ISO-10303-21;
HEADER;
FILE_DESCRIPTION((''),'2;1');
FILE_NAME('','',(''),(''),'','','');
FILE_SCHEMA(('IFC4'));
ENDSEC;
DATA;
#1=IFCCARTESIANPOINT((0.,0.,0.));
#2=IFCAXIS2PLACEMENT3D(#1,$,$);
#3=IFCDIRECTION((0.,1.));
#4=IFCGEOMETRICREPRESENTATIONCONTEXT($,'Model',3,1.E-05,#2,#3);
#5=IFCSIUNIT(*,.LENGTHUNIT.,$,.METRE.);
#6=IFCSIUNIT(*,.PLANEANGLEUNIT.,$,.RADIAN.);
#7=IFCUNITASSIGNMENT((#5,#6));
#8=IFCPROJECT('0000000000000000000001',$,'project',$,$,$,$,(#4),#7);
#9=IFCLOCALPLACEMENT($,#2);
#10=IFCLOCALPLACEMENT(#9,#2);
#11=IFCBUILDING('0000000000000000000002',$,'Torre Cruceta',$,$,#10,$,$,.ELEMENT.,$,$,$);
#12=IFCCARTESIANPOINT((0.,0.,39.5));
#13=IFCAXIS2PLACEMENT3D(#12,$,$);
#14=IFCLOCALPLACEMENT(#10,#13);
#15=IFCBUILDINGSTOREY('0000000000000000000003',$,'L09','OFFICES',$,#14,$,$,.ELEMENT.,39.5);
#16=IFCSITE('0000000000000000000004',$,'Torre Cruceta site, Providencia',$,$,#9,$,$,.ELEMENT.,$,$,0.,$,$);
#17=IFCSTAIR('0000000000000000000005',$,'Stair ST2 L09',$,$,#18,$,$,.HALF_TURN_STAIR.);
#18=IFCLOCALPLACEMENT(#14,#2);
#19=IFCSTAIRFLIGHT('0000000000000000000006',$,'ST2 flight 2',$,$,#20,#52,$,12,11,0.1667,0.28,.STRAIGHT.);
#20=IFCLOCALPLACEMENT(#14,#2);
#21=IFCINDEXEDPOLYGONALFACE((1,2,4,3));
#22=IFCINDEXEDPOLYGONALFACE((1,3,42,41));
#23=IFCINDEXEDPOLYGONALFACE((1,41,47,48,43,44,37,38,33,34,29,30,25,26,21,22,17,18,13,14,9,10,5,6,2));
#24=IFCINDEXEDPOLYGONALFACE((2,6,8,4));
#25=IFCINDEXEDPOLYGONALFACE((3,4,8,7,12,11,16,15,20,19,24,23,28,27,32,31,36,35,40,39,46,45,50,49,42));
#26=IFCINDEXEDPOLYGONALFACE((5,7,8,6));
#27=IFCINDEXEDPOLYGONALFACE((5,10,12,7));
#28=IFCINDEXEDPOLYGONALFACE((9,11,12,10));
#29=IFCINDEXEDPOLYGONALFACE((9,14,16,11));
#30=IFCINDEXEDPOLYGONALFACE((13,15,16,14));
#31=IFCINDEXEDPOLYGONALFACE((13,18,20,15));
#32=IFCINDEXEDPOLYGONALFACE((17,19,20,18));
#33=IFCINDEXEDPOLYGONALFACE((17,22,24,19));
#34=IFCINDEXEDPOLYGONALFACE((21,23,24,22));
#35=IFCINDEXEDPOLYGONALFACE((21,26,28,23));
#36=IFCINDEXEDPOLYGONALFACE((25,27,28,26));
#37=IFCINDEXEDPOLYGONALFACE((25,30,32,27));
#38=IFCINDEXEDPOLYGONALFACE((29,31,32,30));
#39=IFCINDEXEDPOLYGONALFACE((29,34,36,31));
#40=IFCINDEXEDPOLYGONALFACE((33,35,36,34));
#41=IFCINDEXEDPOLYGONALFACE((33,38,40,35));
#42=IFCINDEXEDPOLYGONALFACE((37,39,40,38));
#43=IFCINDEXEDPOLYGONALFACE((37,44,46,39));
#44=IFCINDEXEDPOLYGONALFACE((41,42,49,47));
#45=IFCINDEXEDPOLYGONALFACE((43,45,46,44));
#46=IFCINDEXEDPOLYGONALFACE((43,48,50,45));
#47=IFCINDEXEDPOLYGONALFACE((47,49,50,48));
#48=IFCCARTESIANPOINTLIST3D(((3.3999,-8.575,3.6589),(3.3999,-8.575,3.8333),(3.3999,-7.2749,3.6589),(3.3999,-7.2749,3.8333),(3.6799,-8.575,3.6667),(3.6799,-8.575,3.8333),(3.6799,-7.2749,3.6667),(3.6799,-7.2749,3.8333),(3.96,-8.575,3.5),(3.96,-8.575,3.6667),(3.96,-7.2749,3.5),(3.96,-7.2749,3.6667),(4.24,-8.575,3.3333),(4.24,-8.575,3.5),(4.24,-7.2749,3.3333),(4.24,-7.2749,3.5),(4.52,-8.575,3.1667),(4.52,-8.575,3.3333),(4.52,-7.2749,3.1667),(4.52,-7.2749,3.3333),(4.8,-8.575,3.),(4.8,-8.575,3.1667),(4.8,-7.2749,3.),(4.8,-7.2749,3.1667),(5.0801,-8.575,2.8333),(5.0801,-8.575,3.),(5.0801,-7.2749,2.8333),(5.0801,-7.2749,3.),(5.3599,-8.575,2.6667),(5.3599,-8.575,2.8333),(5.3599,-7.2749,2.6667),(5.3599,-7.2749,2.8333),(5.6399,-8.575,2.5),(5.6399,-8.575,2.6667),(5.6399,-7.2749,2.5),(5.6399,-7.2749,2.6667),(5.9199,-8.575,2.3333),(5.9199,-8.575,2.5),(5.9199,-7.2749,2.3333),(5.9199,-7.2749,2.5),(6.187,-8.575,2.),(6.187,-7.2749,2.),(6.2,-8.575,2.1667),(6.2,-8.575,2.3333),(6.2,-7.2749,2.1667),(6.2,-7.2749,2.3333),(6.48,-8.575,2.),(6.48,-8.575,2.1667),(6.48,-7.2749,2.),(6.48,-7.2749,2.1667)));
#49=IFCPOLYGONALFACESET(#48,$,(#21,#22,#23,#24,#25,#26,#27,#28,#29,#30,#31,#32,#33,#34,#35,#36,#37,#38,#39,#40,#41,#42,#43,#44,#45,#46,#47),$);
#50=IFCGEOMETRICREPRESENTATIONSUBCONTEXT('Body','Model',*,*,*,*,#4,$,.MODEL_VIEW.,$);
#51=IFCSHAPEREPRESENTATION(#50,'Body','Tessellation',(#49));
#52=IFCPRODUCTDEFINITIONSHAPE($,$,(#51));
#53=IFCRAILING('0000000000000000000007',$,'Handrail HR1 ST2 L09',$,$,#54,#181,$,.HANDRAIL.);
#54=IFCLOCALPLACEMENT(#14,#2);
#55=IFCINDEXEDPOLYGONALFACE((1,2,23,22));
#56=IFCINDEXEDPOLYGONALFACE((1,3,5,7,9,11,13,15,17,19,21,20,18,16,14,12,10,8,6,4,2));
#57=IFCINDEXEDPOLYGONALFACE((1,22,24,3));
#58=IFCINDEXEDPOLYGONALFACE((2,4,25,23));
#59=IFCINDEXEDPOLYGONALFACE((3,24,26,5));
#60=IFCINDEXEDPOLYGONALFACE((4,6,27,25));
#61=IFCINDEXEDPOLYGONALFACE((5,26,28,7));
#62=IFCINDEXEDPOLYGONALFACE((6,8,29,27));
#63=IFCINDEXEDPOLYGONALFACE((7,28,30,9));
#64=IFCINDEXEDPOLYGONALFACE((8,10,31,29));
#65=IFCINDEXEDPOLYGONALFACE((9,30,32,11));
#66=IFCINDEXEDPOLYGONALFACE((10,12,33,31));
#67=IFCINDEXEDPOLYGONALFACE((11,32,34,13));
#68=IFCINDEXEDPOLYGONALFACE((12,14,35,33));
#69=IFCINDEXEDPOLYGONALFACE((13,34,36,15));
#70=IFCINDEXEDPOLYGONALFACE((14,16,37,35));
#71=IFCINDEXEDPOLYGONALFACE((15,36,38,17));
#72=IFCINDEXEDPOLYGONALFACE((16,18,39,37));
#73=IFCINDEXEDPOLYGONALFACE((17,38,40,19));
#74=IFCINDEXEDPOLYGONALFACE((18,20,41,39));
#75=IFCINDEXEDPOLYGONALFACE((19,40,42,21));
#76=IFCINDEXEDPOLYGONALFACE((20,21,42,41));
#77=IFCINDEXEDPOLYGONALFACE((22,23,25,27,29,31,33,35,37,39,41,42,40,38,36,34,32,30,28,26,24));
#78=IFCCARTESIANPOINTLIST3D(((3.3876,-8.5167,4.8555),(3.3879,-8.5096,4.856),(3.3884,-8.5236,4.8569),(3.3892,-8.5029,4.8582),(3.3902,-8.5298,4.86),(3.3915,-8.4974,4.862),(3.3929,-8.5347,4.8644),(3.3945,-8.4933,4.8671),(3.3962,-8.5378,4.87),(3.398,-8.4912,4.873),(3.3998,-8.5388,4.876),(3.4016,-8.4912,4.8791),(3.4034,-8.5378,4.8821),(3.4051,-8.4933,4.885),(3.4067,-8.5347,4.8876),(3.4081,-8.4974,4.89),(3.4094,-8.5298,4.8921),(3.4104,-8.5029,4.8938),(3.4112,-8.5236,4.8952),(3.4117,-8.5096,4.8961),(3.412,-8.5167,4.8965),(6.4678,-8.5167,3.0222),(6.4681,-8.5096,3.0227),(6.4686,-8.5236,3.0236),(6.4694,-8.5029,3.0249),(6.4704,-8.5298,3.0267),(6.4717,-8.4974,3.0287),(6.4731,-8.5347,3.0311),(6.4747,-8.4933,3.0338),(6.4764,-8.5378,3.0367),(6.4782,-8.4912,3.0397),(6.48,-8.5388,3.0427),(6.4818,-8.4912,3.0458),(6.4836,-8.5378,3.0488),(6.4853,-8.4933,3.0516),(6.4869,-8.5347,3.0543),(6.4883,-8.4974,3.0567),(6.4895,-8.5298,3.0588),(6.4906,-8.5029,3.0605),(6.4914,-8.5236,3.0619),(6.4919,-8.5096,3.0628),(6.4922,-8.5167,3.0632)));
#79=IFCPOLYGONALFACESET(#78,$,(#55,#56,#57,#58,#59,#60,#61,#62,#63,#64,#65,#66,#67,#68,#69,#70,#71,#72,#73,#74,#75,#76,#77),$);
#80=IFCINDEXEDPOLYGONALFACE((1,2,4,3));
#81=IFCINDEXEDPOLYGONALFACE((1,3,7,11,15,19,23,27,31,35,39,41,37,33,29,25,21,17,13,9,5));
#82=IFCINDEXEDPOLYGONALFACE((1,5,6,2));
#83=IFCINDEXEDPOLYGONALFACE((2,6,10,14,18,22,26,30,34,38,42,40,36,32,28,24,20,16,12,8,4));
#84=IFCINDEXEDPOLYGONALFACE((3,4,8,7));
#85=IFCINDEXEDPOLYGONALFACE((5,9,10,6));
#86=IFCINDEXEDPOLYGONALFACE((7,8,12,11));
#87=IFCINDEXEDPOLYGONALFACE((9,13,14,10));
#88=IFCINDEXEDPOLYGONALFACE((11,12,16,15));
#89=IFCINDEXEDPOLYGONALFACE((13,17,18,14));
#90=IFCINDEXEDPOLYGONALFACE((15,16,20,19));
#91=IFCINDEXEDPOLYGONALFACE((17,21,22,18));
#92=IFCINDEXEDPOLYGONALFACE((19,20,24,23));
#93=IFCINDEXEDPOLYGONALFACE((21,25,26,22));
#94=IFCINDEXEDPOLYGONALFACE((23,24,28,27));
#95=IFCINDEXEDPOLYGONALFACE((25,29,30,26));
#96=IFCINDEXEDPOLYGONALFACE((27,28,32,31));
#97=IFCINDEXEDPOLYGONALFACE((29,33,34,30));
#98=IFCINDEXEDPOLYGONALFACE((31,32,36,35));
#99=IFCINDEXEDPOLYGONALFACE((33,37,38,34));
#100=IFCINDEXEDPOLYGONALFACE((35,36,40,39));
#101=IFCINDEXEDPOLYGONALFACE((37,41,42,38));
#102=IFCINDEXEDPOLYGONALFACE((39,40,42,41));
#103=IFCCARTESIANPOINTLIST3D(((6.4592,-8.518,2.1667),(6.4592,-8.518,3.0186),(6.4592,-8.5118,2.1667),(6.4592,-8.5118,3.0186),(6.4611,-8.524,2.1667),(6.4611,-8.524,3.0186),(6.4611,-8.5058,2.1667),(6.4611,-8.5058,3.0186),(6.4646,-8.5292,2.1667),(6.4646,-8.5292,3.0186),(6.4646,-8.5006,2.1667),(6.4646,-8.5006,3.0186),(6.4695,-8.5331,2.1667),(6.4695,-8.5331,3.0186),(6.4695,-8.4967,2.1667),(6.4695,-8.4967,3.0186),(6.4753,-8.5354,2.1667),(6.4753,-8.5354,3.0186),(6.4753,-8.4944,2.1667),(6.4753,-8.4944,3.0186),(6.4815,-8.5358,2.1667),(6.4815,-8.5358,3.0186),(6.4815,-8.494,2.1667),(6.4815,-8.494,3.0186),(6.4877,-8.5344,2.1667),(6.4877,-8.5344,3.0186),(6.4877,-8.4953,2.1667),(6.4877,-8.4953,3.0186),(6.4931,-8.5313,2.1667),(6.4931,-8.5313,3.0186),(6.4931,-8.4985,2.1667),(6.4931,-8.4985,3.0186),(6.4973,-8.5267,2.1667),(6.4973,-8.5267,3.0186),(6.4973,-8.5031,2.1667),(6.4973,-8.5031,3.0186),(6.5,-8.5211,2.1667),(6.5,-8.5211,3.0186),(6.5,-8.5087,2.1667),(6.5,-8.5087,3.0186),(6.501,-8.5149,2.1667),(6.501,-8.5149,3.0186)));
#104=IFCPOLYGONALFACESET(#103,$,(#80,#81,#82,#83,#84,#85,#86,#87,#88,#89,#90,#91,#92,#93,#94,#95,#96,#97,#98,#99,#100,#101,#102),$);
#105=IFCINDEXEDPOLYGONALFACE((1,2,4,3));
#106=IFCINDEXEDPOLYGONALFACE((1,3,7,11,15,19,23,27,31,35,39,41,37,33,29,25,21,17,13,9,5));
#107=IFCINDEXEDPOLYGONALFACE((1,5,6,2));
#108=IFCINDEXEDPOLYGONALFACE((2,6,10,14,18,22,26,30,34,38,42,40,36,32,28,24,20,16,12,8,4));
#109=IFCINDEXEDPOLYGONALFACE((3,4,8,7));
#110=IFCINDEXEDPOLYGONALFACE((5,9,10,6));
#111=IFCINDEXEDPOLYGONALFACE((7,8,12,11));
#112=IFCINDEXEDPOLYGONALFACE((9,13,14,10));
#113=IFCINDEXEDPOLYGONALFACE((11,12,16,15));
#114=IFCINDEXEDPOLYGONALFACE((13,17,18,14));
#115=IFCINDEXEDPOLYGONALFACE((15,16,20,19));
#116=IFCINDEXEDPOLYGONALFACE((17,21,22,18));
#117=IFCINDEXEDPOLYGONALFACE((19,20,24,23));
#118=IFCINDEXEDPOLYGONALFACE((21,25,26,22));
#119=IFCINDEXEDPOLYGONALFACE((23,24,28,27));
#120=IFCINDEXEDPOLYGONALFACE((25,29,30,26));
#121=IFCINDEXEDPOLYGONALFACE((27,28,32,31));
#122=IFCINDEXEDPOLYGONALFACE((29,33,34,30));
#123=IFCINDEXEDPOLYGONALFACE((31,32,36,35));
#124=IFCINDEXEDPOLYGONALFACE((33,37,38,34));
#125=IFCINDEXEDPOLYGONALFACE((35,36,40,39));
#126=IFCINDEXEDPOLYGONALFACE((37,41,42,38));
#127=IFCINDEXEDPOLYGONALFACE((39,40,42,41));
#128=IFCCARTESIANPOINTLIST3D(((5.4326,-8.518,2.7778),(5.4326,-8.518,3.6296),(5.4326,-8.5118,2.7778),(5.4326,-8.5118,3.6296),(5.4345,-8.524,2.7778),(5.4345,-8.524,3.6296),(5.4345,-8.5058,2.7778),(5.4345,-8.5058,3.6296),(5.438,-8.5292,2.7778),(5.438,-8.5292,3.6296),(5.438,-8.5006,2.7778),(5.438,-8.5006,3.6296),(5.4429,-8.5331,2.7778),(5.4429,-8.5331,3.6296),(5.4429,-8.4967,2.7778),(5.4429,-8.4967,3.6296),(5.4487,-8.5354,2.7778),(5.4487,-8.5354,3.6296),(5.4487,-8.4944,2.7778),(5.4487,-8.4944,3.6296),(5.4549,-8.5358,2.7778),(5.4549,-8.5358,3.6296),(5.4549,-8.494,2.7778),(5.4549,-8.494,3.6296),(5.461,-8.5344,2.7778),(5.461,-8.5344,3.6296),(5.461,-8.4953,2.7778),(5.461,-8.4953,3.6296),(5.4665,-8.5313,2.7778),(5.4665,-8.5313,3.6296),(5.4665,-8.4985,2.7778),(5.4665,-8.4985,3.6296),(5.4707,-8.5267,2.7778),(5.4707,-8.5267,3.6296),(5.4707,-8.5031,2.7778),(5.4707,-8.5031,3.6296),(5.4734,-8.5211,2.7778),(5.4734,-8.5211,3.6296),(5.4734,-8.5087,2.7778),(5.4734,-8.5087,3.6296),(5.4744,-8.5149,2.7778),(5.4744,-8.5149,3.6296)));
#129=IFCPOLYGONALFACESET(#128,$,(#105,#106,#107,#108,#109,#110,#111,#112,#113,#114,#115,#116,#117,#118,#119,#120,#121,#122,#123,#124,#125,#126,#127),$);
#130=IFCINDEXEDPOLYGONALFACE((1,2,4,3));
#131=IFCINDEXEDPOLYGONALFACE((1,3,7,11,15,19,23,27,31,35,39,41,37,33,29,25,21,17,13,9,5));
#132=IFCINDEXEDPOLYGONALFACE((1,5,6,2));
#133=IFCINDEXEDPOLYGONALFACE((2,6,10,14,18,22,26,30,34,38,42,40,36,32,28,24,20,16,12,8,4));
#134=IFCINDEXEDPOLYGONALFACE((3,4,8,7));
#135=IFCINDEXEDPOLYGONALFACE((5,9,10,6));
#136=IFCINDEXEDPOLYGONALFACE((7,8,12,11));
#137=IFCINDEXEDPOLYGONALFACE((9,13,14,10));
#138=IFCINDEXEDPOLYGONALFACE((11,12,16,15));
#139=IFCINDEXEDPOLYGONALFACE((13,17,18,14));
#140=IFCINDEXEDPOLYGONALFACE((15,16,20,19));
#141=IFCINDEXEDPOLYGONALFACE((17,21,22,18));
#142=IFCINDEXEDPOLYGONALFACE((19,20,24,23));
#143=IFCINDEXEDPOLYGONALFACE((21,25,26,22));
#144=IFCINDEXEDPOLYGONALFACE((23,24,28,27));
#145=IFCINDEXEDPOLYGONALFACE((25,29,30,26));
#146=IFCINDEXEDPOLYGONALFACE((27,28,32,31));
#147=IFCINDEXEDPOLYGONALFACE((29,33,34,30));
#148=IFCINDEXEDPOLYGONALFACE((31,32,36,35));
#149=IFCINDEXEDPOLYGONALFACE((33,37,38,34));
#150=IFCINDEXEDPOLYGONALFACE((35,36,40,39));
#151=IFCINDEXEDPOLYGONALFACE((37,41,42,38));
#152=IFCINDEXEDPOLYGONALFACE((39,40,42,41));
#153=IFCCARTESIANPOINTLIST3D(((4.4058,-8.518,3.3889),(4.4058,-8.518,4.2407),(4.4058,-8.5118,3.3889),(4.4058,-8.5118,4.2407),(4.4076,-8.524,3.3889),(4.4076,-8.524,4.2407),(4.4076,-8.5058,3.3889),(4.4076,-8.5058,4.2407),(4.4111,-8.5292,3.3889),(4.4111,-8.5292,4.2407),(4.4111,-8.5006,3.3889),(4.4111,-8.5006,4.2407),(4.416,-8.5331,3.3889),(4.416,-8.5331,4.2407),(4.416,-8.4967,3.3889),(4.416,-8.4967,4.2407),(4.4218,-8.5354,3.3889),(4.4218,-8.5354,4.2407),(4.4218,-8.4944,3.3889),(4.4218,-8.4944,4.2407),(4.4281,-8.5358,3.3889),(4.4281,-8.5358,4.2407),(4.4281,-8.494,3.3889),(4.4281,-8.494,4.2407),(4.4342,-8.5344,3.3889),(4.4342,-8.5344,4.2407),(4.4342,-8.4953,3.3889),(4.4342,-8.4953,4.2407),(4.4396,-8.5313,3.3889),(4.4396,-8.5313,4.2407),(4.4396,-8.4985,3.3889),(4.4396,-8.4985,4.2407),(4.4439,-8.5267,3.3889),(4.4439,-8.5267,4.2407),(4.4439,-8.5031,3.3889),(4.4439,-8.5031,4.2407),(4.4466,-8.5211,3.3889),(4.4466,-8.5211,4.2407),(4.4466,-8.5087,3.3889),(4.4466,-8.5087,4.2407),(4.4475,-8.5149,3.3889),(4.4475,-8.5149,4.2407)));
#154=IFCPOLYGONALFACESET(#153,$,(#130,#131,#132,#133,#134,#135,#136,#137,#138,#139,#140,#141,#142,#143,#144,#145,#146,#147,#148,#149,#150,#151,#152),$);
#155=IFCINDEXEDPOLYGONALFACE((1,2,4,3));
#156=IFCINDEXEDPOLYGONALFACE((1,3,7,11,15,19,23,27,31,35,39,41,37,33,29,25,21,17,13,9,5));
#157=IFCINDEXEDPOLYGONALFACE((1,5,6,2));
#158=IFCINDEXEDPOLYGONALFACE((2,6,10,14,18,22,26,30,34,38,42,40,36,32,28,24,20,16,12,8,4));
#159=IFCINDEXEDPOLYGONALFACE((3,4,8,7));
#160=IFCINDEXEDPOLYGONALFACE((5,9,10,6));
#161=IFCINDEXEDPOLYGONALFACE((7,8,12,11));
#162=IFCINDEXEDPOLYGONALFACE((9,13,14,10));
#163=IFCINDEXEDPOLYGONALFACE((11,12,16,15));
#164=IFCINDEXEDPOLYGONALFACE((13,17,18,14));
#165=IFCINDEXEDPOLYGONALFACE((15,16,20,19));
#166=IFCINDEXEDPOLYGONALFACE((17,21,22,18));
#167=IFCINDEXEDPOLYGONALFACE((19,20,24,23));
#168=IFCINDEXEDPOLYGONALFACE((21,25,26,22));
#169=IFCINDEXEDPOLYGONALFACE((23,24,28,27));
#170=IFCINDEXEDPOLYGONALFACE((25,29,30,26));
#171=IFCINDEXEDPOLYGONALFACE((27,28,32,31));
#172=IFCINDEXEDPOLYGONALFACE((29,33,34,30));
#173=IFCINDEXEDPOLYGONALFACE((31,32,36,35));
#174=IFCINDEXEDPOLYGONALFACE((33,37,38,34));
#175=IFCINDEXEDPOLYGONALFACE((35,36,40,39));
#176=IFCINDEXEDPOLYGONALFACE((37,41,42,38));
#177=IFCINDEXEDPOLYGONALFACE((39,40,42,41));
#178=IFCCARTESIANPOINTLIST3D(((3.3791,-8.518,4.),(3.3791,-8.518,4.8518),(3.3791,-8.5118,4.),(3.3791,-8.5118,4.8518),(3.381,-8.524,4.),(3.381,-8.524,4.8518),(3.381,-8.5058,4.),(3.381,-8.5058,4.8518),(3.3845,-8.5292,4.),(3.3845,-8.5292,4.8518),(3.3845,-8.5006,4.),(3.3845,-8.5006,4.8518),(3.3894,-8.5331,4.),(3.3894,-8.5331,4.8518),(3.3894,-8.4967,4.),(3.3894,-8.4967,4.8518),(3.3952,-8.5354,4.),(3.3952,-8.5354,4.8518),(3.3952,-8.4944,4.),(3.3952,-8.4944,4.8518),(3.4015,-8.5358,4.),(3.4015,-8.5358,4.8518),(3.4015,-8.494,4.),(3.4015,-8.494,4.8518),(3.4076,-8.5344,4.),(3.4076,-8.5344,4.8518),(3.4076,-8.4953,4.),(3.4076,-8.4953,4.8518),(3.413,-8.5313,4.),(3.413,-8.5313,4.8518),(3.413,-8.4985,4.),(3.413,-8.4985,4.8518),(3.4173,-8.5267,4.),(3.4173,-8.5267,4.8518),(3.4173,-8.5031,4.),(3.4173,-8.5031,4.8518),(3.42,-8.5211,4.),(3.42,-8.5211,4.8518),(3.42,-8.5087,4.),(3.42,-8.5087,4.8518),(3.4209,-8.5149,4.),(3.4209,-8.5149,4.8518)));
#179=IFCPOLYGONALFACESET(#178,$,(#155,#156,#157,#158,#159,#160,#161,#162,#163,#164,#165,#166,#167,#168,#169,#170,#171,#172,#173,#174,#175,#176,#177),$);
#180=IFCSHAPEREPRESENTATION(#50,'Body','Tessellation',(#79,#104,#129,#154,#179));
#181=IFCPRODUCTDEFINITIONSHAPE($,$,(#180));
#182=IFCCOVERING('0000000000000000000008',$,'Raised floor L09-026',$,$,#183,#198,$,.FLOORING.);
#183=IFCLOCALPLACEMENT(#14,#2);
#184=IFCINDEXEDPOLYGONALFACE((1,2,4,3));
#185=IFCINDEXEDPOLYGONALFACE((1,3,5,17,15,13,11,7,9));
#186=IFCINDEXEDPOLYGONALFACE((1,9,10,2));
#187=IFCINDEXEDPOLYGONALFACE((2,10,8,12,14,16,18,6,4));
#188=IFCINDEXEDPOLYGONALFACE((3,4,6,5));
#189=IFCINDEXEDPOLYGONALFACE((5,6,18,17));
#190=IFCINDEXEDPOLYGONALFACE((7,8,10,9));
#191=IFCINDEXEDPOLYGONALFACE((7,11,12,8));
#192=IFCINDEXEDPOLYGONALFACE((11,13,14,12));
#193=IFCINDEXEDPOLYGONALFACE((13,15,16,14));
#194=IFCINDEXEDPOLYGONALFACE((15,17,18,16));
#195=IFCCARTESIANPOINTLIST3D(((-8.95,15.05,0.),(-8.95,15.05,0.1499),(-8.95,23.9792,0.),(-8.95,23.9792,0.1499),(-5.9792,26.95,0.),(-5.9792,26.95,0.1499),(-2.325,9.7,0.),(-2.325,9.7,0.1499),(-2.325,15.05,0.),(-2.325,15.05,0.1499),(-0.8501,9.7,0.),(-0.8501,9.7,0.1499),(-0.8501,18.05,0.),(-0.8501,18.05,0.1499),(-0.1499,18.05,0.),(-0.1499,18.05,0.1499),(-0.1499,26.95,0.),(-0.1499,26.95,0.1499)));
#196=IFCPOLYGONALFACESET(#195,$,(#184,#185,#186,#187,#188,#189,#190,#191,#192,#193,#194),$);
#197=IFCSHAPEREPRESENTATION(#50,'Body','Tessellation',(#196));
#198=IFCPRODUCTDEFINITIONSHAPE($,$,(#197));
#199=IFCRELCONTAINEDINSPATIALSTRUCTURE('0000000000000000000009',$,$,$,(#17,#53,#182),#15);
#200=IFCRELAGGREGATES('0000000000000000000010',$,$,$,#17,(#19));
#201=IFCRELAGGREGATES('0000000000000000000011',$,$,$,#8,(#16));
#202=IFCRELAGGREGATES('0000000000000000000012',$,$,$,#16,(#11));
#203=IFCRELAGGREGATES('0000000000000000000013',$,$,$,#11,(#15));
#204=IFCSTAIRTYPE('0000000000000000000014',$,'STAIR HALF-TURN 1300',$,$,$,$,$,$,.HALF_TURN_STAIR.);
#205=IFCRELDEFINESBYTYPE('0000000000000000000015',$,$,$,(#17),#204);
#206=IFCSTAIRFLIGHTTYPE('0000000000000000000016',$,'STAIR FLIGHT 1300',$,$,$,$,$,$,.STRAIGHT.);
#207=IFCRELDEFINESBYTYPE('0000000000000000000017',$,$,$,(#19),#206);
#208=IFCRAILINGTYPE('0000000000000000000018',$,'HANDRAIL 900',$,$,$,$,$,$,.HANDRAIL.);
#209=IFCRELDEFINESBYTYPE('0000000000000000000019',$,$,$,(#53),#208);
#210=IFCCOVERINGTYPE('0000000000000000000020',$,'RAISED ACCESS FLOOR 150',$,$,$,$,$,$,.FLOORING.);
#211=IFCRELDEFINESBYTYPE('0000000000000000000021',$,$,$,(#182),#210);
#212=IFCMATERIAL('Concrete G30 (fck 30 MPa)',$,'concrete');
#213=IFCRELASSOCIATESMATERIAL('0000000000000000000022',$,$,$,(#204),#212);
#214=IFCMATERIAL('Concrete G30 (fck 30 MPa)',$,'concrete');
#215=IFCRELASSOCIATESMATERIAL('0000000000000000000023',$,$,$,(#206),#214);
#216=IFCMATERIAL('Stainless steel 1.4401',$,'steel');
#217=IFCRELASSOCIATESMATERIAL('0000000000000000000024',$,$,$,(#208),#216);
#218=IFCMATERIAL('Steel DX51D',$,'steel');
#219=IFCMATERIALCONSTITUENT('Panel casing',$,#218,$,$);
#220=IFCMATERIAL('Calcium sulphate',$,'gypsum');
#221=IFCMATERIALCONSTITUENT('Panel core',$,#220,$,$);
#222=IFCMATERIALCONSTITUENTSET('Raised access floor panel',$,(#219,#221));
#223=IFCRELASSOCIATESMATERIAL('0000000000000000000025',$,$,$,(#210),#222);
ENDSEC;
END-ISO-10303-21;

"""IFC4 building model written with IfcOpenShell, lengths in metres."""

from ifc_helpers import new_model, si_unit, direction, frame, origin, origin_2d, place, context, subcontext, project, spatial, polyline, circle, outline, extrude, material, constituent, constituent_set, type_object, element, aggregate, save


model = new_model("IFC4")

# Units and contexts
model_context = context("Model", 3, precision=1e-05, world=origin(), true_north=direction((0.0, 1.0)))
body_context = subcontext(model_context, "Body", "Model", "MODEL_VIEW")
ifc_project = project(units=[si_unit("LENGTHUNIT", "METRE"), si_unit("PLANEANGLEUNIT", "RADIAN")], contexts=[model_context])

# Site, building, storey
site_placement = place(None, origin())
site = spatial("IfcSite", under=ifc_project, at=site_placement, Name="Torre Cruceta site, Providencia", CompositionType="ELEMENT", RefElevation=0.0)
building_placement = place(site_placement, origin())
building = spatial("IfcBuilding", under=site, at=building_placement, Name="Torre Cruceta", CompositionType="ELEMENT")
storey_placement = place(building_placement, frame((0.0, 0.0, 39.5)))
storey = spatial("IfcBuildingStorey", under=building, at=storey_placement, Name="L09", Description="OFFICES", CompositionType="ELEMENT", Elevation=39.5)

# Stair
ifc_material_1 = material(Name="Concrete G30 (fck 30 MPa)", Category="concrete")
stair_type = type_object("IfcStairType", Name="STAIR HALF-TURN 1300", PredefinedType="HALF_TURN_STAIR", material=ifc_material_1)
stair_1_placement = place(storey_placement, origin())
stair_1 = element("IfcStair", 1, at=stair_1_placement, inside=storey, type_object=stair_type, Name="Stair ST2 L09", PredefinedType="HALF_TURN_STAIR")

# Stair flight
ifc_material_2 = material(Name="Concrete G30 (fck 30 MPa)", Category="concrete")
stair_flight_type = type_object("IfcStairFlightType", Name="STAIR FLIGHT 1300", PredefinedType="STRAIGHT", material=ifc_material_2)
stair_flight_1_placement = place(storey_placement, frame((6.48, -7.925, 2.0), z_axis=(0.0, 0.0, 1.0), x_axis=(-1.0, 0.0, 0.0)))
stair_flight_1 = element("IfcStairFlight", 2, at=stair_flight_1_placement, type_object=stair_flight_type, Name="ST2 flight 2", NumberOfRisers=12, NumberOfTreads=11, PredefinedType="STRAIGHT", RiserHeight=0.1667, TreadLength=0.28, context=body_context, shape_type="SweptSolid", body=[
    extrude(outline(polyline([(0.0, 0.0), (0.0, 0.1667), (0.28, 0.1667), (0.28, 0.3333), (0.5601, 0.3333), (0.5601, 0.5), (0.8401, 0.5), (0.8401, 0.6667), (1.1201, 0.6667), (1.1201, 0.8333), (1.3999, 0.8333), (1.3999, 1.0), (1.6799, 1.0), (1.6799, 1.1667), (1.96, 1.1667), (1.96, 1.3333), (2.24, 1.3333), (2.24, 1.5), (2.52, 1.5), (2.52, 1.6667), (2.8, 1.6667), (2.8, 1.8333), (3.0801, 1.8333), (3.0801, 2.0), (3.0801, 1.6589), (0.293, 0.0), (0.0, 0.0)])), frame((0.0, 0.6499, 0.0), z_axis=(0.0, -1.0, 0.0), x_axis=(1.0, 0.0, 0.0)), (0.0, 0.0, 1.0), 1.3),
])
aggregate(stair_1, [stair_flight_1])

# Railing
ifc_material_3 = material(Name="Stainless steel 1.4401", Category="steel")
railing_type = type_object("IfcRailingType", Name="HANDRAIL 900", PredefinedType="HANDRAIL", material=ifc_material_3)
railing_1_placement = place(storey_placement, frame((6.48, -8.5149, 2.1667)))
element("IfcRailing", 3, at=railing_1_placement, inside=storey, type_object=railing_type, Name="Handrail HR1 ST2 L09", PredefinedType="HANDRAIL", context=body_context, shape_type="SweptSolid", body=[
    extrude(circle(Radius=0.0239, at=origin_2d()), frame((0.0, 0.0, 0.876), z_axis=(-0.859309, 0.0, 0.511458), x_axis=(0.0, -1.0, 0.0)), (0.0, 0.0, 1.0), 3.5845),
    extrude(circle(Radius=0.021, at=origin_2d()), origin(), (0.0, 0.0, 1.0), 0.8518),
    extrude(circle(Radius=0.021, at=origin_2d()), frame((-1.0266, 0.0, 0.6111)), (0.0, 0.0, 1.0), 0.8518),
    extrude(circle(Radius=0.021, at=origin_2d()), frame((-2.0535, 0.0, 1.2222)), (0.0, 0.0, 1.0), 0.8518),
    extrude(circle(Radius=0.021, at=origin_2d()), frame((-3.0801, 0.0, 1.8333)), (0.0, 0.0, 1.0), 0.8518),
])

# Covering
ifc_material_4 = material(Name="Steel DX51D", Category="steel")
ifc_constituent_1 = constituent(ifc_material_4, Name="Panel casing")
ifc_material_5 = material(Name="Calcium sulphate", Category="gypsum")
ifc_constituent_2 = constituent(ifc_material_5, Name="Panel core")
ifc_constituent_set_1 = constituent_set(constituents=[ifc_constituent_1, ifc_constituent_2], Name="Raised access floor panel")
covering_type_1 = type_object("IfcCoveringType", Name="RAISED ACCESS FLOOR 150", PredefinedType="FLOORING", material=ifc_constituent_set_1)
covering_1_placement = place(storey_placement, origin())
element("IfcCovering", 4, at=covering_1_placement, inside=storey, type_object=covering_type_1, Name="Raised floor L09-026", PredefinedType="FLOORING", context=body_context, shape_type="SweptSolid", body=[
    extrude(outline(polyline([(-5.9792, 26.95), (-0.1499, 26.95), (-0.1499, 18.05), (-0.8501, 18.05), (-0.8501, 9.7), (-2.325, 9.7), (-2.325, 15.05), (-8.95, 15.05), (-8.95, 23.9792), (-5.9792, 26.95)])), origin(), (0.0, 0.0, 1.0), 0.1499),
])

save(model, "model.ifc")
